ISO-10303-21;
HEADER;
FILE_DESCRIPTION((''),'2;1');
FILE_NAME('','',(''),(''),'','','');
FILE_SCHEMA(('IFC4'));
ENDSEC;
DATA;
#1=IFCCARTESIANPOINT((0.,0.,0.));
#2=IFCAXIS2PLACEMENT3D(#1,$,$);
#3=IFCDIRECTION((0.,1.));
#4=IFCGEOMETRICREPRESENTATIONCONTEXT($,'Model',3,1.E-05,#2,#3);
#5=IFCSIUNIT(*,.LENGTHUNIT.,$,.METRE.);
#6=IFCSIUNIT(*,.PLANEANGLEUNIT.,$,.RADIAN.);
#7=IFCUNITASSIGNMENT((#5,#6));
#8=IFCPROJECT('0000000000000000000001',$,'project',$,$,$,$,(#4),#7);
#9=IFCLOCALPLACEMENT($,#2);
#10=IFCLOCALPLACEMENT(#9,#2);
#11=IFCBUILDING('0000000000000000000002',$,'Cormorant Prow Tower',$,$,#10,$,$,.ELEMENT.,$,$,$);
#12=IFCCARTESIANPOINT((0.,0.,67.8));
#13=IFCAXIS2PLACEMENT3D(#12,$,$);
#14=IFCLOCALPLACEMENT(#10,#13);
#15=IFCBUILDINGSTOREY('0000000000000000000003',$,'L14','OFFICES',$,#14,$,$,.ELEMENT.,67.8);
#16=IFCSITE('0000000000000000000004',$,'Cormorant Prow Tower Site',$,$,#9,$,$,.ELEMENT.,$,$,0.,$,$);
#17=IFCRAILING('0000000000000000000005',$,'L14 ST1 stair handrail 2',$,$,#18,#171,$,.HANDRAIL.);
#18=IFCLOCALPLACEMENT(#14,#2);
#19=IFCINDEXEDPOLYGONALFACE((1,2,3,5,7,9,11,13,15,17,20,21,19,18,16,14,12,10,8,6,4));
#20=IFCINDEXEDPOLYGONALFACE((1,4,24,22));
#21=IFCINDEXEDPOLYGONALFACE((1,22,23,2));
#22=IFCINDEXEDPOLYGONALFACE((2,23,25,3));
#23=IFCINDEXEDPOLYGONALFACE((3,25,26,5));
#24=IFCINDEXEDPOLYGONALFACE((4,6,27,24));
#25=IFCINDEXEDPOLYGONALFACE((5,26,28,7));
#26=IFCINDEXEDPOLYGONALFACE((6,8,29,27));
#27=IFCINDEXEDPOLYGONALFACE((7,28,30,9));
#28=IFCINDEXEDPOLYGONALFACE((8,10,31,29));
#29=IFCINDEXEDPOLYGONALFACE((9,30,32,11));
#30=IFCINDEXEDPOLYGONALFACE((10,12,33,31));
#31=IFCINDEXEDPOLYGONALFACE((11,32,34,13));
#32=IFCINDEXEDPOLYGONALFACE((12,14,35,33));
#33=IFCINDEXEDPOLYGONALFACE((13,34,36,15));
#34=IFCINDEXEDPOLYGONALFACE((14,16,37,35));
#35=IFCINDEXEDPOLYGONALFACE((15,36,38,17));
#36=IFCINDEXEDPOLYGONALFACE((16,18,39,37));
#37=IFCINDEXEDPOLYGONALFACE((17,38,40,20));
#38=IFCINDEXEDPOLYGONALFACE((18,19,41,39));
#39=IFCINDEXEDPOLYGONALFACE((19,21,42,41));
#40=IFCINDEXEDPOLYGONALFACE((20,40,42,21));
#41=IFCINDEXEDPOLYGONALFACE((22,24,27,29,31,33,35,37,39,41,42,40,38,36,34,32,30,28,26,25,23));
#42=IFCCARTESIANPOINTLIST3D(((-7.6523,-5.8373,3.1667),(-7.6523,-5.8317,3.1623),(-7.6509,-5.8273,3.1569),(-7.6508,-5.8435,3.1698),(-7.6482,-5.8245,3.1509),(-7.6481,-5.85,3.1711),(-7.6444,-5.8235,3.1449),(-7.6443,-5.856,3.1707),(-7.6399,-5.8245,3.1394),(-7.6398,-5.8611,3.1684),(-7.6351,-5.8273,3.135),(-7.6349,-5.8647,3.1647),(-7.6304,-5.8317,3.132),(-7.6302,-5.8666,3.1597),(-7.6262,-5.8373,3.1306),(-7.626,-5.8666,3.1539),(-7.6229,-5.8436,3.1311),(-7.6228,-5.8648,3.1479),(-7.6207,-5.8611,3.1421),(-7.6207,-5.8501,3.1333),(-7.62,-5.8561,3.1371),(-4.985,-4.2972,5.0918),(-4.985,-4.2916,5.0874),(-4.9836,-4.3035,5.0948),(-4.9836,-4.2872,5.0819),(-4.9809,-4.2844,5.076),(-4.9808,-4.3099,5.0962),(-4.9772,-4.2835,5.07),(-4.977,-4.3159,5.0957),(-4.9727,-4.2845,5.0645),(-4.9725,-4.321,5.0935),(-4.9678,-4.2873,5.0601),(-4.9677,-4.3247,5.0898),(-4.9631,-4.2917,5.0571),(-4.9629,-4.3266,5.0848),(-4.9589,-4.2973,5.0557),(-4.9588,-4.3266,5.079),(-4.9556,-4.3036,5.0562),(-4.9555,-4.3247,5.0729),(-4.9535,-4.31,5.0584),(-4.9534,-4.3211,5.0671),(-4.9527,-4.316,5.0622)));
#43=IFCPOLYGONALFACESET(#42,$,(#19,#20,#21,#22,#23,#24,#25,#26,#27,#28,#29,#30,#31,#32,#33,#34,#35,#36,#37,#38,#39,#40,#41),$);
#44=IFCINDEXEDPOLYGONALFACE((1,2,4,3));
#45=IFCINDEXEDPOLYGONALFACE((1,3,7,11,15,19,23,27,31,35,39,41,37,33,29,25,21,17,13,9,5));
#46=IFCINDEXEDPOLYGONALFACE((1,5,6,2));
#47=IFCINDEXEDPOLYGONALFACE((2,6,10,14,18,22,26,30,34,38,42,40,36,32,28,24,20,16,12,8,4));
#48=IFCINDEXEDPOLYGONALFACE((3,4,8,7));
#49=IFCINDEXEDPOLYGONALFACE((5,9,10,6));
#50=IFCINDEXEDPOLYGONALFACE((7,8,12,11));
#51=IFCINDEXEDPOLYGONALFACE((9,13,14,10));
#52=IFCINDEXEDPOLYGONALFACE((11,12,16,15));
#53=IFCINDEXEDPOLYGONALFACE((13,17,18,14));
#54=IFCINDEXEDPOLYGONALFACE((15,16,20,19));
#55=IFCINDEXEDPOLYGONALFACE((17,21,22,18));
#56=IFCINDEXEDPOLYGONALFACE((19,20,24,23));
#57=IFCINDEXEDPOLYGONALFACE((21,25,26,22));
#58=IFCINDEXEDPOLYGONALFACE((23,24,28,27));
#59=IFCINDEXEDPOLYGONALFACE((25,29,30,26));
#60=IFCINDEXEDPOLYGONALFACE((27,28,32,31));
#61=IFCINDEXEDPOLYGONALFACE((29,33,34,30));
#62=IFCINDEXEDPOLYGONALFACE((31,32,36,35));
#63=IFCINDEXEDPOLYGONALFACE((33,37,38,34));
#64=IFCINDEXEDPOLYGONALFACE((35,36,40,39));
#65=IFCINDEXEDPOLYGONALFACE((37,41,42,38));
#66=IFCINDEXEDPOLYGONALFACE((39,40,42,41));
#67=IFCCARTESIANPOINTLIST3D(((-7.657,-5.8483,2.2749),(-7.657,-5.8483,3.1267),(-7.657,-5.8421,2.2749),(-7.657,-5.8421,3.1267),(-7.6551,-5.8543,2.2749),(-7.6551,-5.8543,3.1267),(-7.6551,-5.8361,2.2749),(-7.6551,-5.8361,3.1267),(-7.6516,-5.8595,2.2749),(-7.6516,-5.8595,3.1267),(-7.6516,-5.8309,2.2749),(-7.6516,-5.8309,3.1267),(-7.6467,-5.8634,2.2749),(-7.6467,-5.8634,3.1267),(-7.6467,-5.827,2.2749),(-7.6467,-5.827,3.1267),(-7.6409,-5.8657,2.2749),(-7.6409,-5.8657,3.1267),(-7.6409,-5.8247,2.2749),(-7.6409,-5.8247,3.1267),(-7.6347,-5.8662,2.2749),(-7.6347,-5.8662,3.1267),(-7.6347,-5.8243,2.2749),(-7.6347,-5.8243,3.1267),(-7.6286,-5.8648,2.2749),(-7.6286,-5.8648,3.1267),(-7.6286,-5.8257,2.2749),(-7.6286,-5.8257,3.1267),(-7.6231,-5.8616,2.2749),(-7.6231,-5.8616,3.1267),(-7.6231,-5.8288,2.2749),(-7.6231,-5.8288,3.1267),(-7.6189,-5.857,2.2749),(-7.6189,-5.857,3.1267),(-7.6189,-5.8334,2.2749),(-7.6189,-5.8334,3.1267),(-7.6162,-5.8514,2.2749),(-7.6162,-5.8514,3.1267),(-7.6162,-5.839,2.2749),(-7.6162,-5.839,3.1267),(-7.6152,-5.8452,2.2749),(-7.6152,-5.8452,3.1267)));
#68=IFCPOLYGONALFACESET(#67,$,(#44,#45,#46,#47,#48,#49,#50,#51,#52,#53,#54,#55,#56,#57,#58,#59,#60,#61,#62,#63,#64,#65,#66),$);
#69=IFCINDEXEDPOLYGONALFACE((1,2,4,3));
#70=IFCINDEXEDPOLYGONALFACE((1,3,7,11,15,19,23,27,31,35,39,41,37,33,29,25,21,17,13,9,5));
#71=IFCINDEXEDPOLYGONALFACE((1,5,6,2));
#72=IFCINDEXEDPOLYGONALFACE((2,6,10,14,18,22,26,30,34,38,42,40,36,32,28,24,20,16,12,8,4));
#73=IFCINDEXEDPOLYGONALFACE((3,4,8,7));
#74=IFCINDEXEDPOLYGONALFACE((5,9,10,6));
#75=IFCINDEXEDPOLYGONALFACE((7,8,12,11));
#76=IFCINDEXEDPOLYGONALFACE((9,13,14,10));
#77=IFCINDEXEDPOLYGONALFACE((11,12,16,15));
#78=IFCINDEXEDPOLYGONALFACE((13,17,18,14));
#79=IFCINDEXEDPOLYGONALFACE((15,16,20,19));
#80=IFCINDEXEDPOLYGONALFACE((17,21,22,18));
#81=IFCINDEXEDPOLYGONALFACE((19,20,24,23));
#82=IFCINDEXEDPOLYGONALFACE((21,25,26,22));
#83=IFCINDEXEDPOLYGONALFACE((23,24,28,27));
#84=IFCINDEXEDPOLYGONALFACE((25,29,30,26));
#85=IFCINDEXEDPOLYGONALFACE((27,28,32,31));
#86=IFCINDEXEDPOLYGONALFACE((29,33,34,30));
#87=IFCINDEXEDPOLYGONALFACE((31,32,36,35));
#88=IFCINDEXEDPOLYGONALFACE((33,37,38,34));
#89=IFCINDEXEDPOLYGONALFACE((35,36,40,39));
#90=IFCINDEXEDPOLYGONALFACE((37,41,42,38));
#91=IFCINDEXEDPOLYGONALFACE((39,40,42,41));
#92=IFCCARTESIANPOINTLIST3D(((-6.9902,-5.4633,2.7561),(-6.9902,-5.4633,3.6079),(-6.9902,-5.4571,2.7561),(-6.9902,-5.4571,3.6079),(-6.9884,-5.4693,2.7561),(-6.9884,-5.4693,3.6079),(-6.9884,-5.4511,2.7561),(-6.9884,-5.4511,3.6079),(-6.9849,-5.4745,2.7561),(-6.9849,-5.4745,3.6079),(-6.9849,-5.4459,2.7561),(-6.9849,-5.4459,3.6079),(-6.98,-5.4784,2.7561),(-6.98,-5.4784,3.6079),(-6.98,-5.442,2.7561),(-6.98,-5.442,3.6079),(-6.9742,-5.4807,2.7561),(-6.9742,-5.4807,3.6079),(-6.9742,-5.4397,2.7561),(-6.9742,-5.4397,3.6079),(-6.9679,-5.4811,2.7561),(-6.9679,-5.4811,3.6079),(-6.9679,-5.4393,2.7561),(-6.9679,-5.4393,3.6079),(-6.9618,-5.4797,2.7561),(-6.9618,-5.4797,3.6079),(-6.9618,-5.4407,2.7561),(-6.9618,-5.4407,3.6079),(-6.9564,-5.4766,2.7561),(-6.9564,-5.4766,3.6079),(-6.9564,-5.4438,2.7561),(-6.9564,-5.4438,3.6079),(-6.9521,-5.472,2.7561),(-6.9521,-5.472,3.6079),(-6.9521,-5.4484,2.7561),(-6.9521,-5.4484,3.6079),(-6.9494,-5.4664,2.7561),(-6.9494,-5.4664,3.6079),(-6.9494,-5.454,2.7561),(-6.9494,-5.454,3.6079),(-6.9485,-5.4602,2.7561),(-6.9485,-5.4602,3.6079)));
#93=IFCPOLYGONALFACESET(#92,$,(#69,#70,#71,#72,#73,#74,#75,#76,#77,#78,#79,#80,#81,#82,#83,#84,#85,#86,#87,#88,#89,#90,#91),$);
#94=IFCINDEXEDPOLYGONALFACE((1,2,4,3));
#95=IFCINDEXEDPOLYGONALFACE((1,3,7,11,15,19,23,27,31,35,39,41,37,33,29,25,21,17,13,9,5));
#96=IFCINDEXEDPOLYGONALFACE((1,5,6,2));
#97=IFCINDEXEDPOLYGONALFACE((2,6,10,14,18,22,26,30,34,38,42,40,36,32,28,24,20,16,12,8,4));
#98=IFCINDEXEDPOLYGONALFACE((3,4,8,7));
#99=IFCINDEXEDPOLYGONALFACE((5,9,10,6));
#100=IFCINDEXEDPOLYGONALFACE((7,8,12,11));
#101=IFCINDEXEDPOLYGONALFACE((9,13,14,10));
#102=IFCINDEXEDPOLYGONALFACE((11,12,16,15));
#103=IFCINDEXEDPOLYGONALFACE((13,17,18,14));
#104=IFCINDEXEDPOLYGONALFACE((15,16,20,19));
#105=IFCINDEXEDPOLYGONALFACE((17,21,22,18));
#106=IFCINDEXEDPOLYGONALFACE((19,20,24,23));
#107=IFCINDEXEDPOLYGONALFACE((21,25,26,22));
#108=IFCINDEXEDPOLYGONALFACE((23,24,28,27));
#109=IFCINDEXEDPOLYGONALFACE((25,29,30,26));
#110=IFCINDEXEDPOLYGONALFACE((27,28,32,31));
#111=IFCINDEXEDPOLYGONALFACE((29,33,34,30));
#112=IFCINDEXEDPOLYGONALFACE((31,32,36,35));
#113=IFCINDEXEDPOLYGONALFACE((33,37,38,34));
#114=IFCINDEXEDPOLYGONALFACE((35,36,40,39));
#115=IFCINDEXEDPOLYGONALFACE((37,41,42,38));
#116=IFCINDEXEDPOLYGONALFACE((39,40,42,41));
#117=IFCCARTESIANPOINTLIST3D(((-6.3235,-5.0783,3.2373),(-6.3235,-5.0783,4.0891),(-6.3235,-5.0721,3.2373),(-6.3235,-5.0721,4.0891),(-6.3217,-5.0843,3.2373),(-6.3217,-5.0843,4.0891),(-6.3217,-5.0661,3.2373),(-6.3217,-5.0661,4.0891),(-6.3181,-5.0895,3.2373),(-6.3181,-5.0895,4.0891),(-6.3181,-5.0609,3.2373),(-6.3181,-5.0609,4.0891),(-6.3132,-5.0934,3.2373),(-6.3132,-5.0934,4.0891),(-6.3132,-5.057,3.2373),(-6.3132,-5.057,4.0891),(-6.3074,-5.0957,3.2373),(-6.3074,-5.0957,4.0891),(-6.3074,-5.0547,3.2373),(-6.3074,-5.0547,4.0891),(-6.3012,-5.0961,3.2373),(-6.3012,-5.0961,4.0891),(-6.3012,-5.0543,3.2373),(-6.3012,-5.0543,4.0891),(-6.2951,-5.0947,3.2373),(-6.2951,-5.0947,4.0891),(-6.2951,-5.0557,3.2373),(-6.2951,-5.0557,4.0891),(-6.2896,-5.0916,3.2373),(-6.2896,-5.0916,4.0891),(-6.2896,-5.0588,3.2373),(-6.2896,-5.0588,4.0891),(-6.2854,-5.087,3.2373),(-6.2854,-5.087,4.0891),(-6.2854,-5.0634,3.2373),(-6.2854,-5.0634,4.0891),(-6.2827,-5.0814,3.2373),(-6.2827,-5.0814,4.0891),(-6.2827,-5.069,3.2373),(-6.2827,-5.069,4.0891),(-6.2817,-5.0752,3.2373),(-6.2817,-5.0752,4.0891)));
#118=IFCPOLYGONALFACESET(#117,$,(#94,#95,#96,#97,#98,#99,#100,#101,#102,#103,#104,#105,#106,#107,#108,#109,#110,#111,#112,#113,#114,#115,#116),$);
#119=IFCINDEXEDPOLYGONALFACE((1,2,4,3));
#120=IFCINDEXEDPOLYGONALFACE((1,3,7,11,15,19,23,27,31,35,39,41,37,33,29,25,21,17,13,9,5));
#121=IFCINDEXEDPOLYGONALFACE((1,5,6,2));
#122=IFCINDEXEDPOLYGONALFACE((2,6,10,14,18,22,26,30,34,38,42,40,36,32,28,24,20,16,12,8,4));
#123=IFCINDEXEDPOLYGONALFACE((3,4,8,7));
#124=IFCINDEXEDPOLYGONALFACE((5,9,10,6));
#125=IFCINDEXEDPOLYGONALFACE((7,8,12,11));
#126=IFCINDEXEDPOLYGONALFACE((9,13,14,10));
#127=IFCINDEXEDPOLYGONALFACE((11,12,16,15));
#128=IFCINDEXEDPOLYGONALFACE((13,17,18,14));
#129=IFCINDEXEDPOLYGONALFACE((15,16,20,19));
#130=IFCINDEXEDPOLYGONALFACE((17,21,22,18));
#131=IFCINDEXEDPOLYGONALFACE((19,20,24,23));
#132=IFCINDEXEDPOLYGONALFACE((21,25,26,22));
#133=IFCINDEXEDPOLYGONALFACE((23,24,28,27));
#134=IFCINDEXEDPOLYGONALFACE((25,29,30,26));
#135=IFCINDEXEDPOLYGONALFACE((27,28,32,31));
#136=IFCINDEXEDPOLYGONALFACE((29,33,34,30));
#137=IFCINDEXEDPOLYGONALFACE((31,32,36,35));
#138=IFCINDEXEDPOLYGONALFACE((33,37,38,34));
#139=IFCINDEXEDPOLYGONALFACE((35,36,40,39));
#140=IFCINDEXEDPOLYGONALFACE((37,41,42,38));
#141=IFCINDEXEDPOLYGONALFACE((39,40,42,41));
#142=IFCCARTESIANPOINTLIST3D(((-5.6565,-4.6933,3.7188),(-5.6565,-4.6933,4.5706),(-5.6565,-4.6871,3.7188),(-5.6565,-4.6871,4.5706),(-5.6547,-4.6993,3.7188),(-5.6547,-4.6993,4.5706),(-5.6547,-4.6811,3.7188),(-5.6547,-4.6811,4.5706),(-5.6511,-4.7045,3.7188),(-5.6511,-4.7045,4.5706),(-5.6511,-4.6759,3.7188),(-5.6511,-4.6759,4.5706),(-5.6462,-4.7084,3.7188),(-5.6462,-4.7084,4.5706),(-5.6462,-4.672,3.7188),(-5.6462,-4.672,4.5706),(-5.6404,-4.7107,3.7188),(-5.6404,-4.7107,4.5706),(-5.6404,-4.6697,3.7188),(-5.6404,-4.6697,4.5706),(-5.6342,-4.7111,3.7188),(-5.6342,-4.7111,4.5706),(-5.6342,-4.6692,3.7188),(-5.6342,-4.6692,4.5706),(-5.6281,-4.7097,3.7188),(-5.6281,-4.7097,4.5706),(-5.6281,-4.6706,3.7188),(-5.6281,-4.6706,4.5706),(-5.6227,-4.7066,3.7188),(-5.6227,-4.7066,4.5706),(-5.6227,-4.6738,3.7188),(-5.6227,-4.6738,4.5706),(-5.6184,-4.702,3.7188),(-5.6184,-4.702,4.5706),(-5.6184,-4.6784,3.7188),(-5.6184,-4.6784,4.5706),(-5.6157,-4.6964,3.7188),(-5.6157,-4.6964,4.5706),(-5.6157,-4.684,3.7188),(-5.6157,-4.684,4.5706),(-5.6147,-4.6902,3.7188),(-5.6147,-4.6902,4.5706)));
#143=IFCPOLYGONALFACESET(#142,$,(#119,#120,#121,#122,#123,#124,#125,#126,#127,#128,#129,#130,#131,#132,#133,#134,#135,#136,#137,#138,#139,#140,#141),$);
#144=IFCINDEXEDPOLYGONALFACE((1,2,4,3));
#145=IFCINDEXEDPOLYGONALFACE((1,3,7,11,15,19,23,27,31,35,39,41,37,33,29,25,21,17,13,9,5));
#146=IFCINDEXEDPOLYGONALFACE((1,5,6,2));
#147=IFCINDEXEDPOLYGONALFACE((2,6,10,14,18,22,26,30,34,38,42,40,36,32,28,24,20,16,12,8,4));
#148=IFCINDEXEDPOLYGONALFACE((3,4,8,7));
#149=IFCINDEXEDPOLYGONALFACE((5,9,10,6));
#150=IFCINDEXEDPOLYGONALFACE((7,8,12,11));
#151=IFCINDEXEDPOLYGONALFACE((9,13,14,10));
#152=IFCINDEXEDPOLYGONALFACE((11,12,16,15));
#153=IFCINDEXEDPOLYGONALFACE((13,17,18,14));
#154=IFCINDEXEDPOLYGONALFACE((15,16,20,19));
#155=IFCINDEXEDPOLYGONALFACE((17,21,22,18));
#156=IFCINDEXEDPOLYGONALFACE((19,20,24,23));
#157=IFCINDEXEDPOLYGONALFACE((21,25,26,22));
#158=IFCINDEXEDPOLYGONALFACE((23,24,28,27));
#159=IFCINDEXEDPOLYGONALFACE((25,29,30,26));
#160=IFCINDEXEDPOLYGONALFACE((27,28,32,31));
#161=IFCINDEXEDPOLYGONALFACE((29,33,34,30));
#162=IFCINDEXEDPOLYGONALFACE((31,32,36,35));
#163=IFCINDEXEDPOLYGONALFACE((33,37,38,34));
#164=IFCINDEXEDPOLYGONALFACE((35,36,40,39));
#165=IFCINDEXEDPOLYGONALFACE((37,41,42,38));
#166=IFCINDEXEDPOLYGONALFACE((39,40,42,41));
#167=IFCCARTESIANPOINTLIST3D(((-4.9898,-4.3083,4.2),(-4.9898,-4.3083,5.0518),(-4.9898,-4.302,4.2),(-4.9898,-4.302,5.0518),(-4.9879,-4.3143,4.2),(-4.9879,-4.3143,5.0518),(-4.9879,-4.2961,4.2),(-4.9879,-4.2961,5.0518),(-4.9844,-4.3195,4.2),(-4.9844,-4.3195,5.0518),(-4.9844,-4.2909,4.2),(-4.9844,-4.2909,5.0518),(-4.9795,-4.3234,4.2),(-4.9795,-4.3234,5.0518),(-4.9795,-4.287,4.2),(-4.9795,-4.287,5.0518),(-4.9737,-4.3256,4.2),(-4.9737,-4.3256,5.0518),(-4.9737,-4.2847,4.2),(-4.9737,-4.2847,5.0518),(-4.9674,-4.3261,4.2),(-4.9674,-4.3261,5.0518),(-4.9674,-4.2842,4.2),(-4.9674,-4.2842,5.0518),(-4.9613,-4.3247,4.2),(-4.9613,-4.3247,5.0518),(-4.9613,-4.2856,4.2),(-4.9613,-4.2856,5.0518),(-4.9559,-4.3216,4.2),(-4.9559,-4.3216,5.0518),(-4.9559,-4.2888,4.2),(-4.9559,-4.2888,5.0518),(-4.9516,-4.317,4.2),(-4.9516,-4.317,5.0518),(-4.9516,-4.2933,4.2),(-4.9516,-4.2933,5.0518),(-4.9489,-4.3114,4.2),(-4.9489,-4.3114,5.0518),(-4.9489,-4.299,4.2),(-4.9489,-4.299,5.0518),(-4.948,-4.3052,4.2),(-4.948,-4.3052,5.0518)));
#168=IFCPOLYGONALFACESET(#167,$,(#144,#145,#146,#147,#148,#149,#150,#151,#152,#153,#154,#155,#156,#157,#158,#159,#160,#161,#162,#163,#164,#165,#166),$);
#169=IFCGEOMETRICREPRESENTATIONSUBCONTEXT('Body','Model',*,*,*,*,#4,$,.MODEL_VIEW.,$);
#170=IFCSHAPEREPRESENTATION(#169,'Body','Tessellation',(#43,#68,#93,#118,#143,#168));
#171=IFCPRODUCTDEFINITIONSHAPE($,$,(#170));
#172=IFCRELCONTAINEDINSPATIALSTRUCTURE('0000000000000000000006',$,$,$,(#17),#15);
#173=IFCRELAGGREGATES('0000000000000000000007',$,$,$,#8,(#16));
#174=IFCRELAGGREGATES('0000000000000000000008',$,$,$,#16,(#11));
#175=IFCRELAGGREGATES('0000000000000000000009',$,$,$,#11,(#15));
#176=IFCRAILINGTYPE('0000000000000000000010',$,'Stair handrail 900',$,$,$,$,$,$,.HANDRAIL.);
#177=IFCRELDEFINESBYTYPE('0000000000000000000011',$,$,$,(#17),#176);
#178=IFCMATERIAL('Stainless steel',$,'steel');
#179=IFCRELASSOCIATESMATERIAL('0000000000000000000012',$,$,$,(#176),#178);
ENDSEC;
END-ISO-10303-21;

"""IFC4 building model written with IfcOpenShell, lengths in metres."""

from ifc_helpers import new_model, si_unit, direction, frame, origin, origin_2d, place, context, subcontext, project, spatial, circle, extrude, material, type_object, element, save


model = new_model("IFC4")

# Units and contexts
model_context = context("Model", 3, precision=1e-05, world=origin(), true_north=direction((0.0, 1.0)))
body_context = subcontext(model_context, "Body", "Model", "MODEL_VIEW")
ifc_project = project(units=[si_unit("LENGTHUNIT", "METRE"), si_unit("PLANEANGLEUNIT", "RADIAN")], contexts=[model_context])

# Site, building, storey
site_placement = place(None, origin())
site = spatial("IfcSite", under=ifc_project, at=site_placement, Name="Cormorant Prow Tower Site", CompositionType="ELEMENT", RefElevation=0.0)
building_placement = place(site_placement, origin())
building = spatial("IfcBuilding", under=site, at=building_placement, Name="Cormorant Prow Tower", CompositionType="ELEMENT")
storey_placement = place(building_placement, frame((0.0, 0.0, 67.8)))
storey = spatial("IfcBuildingStorey", under=building, at=storey_placement, Name="L14", Description="OFFICES", CompositionType="ELEMENT", Elevation=67.8)

# Railing
ifc_material_1 = material(Name="Stainless steel", Category="steel")
railing_type_1 = type_object("IfcRailingType", Name="Stair handrail 900", PredefinedType="HANDRAIL", material=ifc_material_1)
railing_1_placement = place(storey_placement, frame((-7.6362, -5.8452, 2.2749)))
element("IfcRailing", 1, at=railing_1_placement, inside=storey, type_object=railing_type_1, Name="L14 ST1 stair handrail 2", PredefinedType="HANDRAIL", context=body_context, shape_type="SweptSolid", body=[
    extrude(circle(Radius=0.0239, at=origin_2d()), frame((0.0, 0.0, 0.876), z_axis=(0.734364, 0.424015, 0.530019), x_axis=(-0.500027, 0.86601, 0.0)), (0.0, 0.0, 1.0), 3.6321),
    extrude(circle(Radius=0.021, at=origin_2d()), origin(), (0.0, 0.0, 1.0), 0.8518),
    extrude(circle(Radius=0.021, at=origin_2d()), frame((0.6667, 0.385, 0.4812)), (0.0, 0.0, 1.0), 0.8518),
    extrude(circle(Radius=0.021, at=origin_2d()), frame((1.3335, 0.77, 0.9624)), (0.0, 0.0, 1.0), 0.8518),
    extrude(circle(Radius=0.021, at=origin_2d()), frame((2.0005, 1.155, 1.4438)), (0.0, 0.0, 1.0), 0.8518),
    extrude(circle(Radius=0.021, at=origin_2d()), frame((2.6672, 1.54, 1.925)), (0.0, 0.0, 1.0), 0.8518),
])

save(model, "model.ifc")
